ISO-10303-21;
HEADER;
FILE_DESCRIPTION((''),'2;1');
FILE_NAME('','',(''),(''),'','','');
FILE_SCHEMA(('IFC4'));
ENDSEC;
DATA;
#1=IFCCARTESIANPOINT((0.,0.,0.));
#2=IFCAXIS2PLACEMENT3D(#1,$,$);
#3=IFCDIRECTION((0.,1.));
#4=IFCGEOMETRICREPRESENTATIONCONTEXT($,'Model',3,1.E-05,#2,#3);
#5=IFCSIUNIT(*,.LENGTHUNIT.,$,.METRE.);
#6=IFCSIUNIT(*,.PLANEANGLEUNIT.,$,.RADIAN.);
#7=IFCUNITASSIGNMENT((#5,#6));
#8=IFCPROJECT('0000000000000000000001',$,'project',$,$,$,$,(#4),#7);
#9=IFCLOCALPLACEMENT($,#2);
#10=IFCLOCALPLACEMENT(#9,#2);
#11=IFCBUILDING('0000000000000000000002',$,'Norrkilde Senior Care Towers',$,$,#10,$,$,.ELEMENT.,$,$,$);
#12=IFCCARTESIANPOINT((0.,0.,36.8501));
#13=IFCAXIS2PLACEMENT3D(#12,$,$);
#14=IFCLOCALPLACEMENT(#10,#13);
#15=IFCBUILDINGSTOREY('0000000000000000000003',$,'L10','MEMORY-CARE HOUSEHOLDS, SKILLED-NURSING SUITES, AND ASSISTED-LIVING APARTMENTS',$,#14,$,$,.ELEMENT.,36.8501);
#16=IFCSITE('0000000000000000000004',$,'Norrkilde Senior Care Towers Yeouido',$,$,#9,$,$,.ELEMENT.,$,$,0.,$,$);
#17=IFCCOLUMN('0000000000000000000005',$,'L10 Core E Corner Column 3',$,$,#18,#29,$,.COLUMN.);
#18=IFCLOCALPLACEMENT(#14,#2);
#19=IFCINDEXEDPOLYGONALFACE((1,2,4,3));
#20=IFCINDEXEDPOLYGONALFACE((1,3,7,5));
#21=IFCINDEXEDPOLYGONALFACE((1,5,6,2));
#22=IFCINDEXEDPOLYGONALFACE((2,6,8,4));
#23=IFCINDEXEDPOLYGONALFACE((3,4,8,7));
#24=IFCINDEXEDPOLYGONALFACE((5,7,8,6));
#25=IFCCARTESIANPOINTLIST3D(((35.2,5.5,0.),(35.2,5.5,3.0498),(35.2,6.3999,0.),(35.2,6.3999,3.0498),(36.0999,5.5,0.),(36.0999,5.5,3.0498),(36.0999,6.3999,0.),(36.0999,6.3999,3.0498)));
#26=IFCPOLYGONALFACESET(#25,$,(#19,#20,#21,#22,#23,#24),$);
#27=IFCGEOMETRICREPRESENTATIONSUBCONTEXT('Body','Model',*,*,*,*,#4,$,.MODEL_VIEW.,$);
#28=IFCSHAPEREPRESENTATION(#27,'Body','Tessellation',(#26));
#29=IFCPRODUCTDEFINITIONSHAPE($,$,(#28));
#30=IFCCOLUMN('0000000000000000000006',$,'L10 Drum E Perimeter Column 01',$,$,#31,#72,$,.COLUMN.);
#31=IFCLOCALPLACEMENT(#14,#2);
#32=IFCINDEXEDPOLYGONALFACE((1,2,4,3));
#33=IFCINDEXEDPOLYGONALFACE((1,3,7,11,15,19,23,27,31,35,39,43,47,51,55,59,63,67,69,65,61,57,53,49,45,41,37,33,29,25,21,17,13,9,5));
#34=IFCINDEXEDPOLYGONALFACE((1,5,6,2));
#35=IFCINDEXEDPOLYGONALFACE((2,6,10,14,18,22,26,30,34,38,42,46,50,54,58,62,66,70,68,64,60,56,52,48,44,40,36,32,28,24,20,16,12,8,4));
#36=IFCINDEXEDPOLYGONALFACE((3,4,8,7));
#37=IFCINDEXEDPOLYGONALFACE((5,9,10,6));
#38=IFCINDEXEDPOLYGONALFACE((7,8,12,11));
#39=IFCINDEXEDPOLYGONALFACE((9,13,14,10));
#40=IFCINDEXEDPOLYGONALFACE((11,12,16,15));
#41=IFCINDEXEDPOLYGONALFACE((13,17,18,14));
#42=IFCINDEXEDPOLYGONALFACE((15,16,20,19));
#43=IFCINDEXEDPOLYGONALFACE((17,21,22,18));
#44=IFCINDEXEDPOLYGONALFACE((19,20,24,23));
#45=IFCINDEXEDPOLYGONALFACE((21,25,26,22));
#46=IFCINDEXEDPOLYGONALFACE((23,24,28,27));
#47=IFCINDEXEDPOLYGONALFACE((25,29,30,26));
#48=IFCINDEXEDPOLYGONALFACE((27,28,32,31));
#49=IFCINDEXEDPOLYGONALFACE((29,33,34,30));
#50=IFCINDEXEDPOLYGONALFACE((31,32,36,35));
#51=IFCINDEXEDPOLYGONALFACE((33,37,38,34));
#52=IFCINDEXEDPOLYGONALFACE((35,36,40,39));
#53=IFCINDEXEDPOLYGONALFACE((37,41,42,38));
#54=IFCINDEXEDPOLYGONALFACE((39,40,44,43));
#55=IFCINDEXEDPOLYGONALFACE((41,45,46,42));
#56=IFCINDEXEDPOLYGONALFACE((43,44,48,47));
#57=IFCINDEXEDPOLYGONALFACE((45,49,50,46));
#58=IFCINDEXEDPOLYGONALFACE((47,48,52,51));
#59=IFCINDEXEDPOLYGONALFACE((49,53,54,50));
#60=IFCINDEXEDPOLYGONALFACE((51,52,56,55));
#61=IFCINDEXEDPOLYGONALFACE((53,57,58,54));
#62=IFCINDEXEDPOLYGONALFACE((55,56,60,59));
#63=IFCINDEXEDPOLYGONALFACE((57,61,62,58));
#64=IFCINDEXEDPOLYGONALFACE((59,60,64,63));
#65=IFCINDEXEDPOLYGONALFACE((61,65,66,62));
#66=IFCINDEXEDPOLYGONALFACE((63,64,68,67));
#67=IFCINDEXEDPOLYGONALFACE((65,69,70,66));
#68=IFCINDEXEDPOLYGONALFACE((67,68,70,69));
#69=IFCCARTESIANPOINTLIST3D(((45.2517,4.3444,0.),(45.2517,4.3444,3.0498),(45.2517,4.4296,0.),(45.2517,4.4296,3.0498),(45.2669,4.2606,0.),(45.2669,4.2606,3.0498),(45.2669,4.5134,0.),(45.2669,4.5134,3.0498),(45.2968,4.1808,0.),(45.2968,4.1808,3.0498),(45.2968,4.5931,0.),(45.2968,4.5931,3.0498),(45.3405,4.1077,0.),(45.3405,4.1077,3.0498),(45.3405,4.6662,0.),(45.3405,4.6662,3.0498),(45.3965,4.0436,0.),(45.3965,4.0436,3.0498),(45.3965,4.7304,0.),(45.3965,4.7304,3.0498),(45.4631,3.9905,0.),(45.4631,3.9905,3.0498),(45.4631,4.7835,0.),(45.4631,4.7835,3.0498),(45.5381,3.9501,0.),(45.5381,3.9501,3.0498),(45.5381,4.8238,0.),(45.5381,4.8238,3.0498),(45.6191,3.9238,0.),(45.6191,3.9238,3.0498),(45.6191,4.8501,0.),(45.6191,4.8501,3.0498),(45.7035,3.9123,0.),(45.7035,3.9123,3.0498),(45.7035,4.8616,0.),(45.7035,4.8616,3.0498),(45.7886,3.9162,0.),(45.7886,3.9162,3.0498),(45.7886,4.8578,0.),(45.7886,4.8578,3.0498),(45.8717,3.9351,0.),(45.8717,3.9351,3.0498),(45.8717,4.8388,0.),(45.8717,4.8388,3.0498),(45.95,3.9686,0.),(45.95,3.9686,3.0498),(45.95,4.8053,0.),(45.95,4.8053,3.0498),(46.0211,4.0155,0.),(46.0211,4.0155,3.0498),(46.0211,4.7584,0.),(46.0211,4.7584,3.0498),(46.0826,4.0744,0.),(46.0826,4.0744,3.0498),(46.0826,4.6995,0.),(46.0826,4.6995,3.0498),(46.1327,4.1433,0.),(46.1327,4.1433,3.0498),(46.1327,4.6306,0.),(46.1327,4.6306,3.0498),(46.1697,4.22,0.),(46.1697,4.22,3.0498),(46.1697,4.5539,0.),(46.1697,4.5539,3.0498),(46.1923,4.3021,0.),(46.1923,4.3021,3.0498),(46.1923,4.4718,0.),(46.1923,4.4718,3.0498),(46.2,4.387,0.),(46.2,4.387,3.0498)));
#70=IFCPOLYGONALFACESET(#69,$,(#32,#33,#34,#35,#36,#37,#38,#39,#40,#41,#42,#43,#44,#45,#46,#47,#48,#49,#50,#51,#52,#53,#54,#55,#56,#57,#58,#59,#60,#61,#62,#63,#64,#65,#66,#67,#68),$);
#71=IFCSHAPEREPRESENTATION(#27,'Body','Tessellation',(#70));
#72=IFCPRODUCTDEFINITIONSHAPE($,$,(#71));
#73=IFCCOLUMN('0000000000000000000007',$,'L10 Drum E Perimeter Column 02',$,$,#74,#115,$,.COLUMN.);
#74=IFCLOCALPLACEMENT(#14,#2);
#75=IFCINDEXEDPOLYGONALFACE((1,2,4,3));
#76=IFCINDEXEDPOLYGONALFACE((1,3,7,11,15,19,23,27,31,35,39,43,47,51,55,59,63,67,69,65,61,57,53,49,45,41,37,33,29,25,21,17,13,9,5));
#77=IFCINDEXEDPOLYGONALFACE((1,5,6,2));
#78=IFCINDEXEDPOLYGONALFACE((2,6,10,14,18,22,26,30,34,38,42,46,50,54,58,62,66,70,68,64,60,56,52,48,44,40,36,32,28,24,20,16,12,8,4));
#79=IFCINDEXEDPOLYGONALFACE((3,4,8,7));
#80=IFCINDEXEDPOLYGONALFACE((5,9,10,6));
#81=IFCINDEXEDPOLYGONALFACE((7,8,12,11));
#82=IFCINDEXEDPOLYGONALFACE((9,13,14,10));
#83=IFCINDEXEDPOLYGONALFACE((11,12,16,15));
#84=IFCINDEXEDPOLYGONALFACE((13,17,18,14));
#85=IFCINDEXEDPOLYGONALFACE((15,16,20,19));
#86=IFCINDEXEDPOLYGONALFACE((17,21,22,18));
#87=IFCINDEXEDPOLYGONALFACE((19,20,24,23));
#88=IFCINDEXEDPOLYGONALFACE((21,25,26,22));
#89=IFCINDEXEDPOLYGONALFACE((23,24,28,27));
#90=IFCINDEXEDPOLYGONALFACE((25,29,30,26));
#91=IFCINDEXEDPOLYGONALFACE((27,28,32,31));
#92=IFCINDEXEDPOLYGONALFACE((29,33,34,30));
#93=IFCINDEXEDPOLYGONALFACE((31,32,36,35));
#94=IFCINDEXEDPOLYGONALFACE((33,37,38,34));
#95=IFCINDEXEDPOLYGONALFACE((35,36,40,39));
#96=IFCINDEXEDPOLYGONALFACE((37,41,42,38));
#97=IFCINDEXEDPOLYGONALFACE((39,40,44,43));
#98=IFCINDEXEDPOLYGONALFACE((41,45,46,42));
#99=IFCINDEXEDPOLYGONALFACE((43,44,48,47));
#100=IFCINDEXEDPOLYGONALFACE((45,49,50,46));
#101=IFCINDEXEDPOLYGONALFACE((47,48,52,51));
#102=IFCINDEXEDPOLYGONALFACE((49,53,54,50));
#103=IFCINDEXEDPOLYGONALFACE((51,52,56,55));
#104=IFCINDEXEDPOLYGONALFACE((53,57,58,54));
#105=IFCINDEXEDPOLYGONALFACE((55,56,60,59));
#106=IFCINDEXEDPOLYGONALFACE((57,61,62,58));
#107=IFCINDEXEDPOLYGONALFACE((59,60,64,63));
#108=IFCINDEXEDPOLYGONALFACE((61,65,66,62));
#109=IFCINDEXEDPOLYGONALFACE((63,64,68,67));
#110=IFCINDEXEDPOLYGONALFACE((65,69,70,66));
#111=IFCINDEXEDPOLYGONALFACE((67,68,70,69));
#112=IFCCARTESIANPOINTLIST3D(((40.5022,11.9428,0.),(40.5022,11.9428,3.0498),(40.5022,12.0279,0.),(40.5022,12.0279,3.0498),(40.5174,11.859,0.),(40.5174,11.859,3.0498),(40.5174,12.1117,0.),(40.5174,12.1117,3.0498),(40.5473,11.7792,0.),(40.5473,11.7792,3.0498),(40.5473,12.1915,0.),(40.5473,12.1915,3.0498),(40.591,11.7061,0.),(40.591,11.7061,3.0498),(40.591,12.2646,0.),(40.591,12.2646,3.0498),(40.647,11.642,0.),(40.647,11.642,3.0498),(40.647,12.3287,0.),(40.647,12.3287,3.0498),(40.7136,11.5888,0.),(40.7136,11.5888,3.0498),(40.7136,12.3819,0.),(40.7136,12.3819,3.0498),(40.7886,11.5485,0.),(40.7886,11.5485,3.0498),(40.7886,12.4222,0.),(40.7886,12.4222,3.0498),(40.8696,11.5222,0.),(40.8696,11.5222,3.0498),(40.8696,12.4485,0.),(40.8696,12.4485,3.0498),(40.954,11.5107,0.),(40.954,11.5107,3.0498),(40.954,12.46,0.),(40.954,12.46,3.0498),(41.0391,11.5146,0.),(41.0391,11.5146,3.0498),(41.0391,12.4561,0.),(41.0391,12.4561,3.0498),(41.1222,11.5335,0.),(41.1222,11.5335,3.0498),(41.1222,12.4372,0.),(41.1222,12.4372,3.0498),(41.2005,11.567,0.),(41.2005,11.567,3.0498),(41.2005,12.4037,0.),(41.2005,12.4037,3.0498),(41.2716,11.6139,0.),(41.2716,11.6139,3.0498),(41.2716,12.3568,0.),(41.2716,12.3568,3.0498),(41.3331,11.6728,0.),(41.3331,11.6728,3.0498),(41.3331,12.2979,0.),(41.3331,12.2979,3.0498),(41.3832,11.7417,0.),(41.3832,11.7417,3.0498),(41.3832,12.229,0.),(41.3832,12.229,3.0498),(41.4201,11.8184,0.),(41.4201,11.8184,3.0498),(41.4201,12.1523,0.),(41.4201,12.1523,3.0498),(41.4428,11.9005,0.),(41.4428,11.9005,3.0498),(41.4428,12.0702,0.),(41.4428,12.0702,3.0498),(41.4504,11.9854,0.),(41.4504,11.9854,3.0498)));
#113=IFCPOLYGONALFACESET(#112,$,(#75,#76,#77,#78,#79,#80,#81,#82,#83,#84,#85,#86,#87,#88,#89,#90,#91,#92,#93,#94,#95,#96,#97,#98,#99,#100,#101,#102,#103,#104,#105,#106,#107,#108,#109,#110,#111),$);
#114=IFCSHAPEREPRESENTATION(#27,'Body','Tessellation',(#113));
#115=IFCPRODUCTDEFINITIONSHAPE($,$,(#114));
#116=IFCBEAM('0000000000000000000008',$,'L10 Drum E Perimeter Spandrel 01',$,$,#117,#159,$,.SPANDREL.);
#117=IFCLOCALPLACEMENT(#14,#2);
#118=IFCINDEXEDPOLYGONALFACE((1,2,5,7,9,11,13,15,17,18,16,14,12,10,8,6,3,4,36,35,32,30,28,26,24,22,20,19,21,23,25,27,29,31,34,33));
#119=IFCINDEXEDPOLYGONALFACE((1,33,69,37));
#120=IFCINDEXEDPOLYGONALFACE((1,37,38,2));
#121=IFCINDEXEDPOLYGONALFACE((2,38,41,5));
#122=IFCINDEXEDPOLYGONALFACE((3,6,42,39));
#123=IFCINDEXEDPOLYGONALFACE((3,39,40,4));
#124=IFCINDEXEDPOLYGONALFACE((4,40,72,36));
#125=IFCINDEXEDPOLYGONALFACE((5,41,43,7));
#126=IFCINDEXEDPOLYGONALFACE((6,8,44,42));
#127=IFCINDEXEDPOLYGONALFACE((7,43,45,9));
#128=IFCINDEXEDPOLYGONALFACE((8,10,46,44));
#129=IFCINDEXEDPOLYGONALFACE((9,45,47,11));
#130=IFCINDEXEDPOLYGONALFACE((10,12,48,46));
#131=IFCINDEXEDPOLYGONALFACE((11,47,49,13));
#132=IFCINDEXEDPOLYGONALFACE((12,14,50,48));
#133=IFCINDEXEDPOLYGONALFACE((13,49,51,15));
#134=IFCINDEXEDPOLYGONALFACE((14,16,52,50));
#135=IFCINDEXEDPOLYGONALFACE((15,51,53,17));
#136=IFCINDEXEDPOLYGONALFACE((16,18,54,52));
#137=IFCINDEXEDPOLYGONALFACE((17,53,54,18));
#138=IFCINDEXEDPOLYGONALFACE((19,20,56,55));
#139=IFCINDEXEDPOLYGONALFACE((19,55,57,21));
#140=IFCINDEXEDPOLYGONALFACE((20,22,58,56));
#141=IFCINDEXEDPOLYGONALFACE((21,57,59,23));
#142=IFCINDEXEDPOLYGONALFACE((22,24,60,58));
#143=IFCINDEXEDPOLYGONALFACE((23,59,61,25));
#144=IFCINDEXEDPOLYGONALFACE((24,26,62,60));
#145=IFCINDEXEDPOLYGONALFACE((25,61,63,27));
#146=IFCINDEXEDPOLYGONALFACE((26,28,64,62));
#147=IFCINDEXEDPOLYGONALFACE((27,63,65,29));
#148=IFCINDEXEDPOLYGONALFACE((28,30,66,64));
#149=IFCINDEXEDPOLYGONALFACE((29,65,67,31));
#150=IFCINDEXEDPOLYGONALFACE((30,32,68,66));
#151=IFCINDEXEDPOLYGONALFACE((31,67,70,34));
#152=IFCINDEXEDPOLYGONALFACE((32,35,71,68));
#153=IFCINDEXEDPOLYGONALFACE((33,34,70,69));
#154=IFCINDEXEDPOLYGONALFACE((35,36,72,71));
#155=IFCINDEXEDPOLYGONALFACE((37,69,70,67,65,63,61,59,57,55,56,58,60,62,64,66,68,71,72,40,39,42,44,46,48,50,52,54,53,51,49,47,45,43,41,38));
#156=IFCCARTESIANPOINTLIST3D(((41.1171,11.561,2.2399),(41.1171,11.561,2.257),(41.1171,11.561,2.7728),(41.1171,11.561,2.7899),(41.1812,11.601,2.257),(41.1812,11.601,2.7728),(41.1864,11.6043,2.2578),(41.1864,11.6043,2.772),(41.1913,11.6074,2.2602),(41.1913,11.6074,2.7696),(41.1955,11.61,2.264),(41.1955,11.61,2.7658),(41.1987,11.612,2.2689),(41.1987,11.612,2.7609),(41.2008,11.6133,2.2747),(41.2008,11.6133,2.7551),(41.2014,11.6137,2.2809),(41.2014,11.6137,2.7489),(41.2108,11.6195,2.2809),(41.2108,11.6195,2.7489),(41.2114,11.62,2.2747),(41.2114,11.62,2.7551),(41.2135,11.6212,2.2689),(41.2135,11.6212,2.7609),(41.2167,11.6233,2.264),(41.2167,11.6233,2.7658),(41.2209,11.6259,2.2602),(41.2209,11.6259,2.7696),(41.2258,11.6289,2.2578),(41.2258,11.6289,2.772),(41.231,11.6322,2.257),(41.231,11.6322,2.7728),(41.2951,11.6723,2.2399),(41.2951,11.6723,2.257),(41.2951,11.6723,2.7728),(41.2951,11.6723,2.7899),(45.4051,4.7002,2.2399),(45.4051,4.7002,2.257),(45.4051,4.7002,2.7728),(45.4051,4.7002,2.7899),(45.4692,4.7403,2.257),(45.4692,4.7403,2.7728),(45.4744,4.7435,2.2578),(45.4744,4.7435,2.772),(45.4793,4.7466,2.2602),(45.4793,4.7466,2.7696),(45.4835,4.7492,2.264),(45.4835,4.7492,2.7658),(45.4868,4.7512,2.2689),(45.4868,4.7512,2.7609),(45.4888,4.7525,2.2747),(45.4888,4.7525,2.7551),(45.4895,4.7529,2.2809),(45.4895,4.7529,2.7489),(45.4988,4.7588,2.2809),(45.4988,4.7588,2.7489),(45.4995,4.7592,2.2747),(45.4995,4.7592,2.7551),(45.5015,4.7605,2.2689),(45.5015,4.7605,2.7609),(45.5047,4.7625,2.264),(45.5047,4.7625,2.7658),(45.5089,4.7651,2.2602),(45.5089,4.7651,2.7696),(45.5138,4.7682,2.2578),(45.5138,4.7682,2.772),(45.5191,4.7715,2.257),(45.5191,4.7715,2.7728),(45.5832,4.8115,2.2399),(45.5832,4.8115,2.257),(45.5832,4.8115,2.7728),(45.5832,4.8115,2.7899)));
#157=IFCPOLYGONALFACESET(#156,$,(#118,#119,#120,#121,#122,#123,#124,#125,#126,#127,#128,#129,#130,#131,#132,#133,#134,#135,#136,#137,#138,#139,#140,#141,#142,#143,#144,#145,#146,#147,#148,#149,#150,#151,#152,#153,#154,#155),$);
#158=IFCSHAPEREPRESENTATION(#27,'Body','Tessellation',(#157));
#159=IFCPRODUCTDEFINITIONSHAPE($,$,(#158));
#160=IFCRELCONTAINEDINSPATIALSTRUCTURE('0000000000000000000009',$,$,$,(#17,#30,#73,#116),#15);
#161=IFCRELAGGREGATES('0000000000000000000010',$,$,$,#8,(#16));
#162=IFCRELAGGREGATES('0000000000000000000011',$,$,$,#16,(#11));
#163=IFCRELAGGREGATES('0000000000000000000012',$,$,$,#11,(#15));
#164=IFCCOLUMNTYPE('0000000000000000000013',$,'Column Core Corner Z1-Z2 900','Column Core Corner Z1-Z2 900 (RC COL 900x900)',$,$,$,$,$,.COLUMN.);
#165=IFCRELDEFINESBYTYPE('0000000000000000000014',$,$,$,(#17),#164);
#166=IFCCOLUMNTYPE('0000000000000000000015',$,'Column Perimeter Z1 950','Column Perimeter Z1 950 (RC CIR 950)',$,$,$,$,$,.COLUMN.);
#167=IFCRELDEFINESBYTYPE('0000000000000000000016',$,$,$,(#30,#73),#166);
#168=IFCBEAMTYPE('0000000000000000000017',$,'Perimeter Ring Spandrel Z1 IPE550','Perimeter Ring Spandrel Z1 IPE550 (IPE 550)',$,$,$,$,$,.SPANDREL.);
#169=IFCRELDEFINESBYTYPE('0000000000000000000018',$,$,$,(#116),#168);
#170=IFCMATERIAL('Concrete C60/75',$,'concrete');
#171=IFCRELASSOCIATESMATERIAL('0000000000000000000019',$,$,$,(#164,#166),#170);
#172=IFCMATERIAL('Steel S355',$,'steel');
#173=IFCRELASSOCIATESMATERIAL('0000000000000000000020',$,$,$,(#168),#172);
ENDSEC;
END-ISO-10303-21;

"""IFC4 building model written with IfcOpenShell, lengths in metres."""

from ifc_helpers import new_model, si_unit, direction, frame, origin, origin_2d, place, context, subcontext, project, spatial, rectangle, circle, i_section, extrude, source, transform, mapped, material, material_profile, profile_set, type_object, type_shapes, element, save


model = new_model("IFC4")

# Units and contexts
model_context = context("Model", 3, precision=1e-05, world=origin(), true_north=direction((0.0, 1.0)))
body_context = subcontext(model_context, "Body", "Model", "MODEL_VIEW")
ifc_project = project(units=[si_unit("LENGTHUNIT", "METRE"), si_unit("PLANEANGLEUNIT", "RADIAN")], contexts=[model_context])

# Site, building, storey
site_placement = place(None, origin())
site = spatial("IfcSite", under=ifc_project, at=site_placement, Name="Norrkilde Senior Care Towers Yeouido", CompositionType="ELEMENT", RefElevation=0.0)
building_placement = place(site_placement, origin())
building = spatial("IfcBuilding", under=site, at=building_placement, Name="Norrkilde Senior Care Towers", CompositionType="ELEMENT")
storey_placement = place(building_placement, frame((0.0, 0.0, 36.8501)))
storey = spatial("IfcBuildingStorey", under=building, at=storey_placement, Name="L10", Description="MEMORY-CARE HOUSEHOLDS, SKILLED-NURSING SUITES, AND ASSISTED-LIVING APARTMENTS", CompositionType="ELEMENT", Elevation=36.8501)

# Columns
ifc_material_1 = material(Name="Concrete C60/75", Category="concrete")
ifc_material_profile_1 = material_profile(ifc_material_1, rectangle(XDim=0.8999, YDim=0.8999, at=origin_2d()), Name="RC COL 900x900")
ifc_profile_set_1 = profile_set([ifc_material_profile_1], Name="Concrete C60/75")
column_type_1 = type_object("IfcColumnType", Name="Column Core Corner Z1-Z2 900", Description="Column Core Corner Z1-Z2 900 (RC COL 900x900)", PredefinedType="COLUMN", material=ifc_profile_set_1)
shared_shape_1 = source(origin(), body_context, "Body", "SweptSolid", [
    extrude(rectangle(XDim=0.8999, YDim=0.8999, at=origin_2d()), origin(), (0.0, 0.0, 1.0), 3.0498),
])
type_shapes(column_type_1, [shared_shape_1])
column_placement = place(storey_placement, frame((35.6499, 5.95, 0.0), z_axis=(0.0, 0.0, 1.0), x_axis=(1.0, 0.0, 0.0)))
element("IfcColumn", 1, at=column_placement, inside=storey, type_object=column_type_1, Name="L10 Core E Corner Column 3", PredefinedType="COLUMN", context=body_context, shape_type="MappedRepresentation", body=[
    mapped(shared_shape_1, transform((0.0, 0.0, 0.0), x_axis=(1.0, 0.0, 0.0), y_axis=(0.0, 1.0, 0.0), z_axis=(0.0, 0.0, 1.0), scale=1.0)),
])
ifc_material_profile_2 = material_profile(ifc_material_1, circle(Radius=0.4751, at=origin_2d()), Name="RC CIR 950")
ifc_profile_set_2 = profile_set([ifc_material_profile_2], Name="Concrete C60/75")
column_type_2 = type_object("IfcColumnType", Name="Column Perimeter Z1 950", Description="Column Perimeter Z1 950 (RC CIR 950)", PredefinedType="COLUMN", material=ifc_profile_set_2)
shared_shape_2 = source(origin(), body_context, "Body", "SweptSolid", [
    extrude(circle(Radius=0.4751, at=origin_2d()), origin(), (0.0, 0.0, 1.0), 3.0498),
])
type_shapes(column_type_2, [shared_shape_2])
for number, where, z_axis, x_axis, name in (
    (2, (45.7249, 4.387, 0.0), (0.0, 0.0, 1.0), (1.0, 0.0, 0.0), "L10 Drum E Perimeter Column 01"),
    (3, (40.9753, 11.9854, 0.0), (0.0, 0.0, 1.0), (1.0, 0.0, 0.0), "L10 Drum E Perimeter Column 02"),
):
    element("IfcColumn", number, at=place(storey_placement, frame(where, z_axis=z_axis, x_axis=x_axis)), inside=storey, type_object=column_type_2, Name=name, PredefinedType="COLUMN", context=body_context, shape_type="MappedRepresentation", body=[
        mapped(shared_shape_2, transform((0.0, 0.0, 0.0), x_axis=(1.0, 0.0, 0.0), y_axis=(0.0, 1.0, 0.0), z_axis=(0.0, 0.0, 1.0), scale=1.0)),
    ])

# Beam
ifc_material_2 = material(Name="Steel S355", Category="steel")
ifc_material_profile_3 = material_profile(ifc_material_2, i_section(OverallWidth=0.21, OverallDepth=0.55, WebThickness=0.011, FlangeThickness=0.0171, FilletRadius=0.0239, at=origin_2d()), Name="IPE 550")
ifc_profile_set_3 = profile_set([ifc_material_profile_3], Name="Steel S355")
beam_type_1 = type_object("IfcBeamType", Name="Perimeter Ring Spandrel Z1 IPE550", Description="Perimeter Ring Spandrel Z1 IPE550 (IPE 550)", PredefinedType="SPANDREL", material=ifc_profile_set_3)
shared_shape_3 = source(origin(), body_context, "Body", "SweptSolid", [
    extrude(i_section(OverallWidth=0.21, OverallDepth=0.55, WebThickness=0.011, FlangeThickness=0.0171, FilletRadius=0.0239, at=origin_2d()), origin(), (0.0, 0.0, 1.0), 8.0906),
])
beam_1_placement = place(storey_placement, frame((45.4941, 4.7559, 2.5149), z_axis=(-0.530004, 0.847995, 0.0), x_axis=(-0.847995, -0.530004, 0.0)))
element("IfcBeam", 4, at=beam_1_placement, inside=storey, type_object=beam_type_1, Name="L10 Drum E Perimeter Spandrel 01", PredefinedType="SPANDREL", context=body_context, shape_type="MappedRepresentation", body=[
    mapped(shared_shape_3, transform((0.0, 0.0, 0.0), x_axis=(1.0, 0.0, 0.0), y_axis=(0.0, 1.0, 0.0), z_axis=(0.0, 0.0, 1.0), scale=1.0)),
])

save(model, "model.ifc")
